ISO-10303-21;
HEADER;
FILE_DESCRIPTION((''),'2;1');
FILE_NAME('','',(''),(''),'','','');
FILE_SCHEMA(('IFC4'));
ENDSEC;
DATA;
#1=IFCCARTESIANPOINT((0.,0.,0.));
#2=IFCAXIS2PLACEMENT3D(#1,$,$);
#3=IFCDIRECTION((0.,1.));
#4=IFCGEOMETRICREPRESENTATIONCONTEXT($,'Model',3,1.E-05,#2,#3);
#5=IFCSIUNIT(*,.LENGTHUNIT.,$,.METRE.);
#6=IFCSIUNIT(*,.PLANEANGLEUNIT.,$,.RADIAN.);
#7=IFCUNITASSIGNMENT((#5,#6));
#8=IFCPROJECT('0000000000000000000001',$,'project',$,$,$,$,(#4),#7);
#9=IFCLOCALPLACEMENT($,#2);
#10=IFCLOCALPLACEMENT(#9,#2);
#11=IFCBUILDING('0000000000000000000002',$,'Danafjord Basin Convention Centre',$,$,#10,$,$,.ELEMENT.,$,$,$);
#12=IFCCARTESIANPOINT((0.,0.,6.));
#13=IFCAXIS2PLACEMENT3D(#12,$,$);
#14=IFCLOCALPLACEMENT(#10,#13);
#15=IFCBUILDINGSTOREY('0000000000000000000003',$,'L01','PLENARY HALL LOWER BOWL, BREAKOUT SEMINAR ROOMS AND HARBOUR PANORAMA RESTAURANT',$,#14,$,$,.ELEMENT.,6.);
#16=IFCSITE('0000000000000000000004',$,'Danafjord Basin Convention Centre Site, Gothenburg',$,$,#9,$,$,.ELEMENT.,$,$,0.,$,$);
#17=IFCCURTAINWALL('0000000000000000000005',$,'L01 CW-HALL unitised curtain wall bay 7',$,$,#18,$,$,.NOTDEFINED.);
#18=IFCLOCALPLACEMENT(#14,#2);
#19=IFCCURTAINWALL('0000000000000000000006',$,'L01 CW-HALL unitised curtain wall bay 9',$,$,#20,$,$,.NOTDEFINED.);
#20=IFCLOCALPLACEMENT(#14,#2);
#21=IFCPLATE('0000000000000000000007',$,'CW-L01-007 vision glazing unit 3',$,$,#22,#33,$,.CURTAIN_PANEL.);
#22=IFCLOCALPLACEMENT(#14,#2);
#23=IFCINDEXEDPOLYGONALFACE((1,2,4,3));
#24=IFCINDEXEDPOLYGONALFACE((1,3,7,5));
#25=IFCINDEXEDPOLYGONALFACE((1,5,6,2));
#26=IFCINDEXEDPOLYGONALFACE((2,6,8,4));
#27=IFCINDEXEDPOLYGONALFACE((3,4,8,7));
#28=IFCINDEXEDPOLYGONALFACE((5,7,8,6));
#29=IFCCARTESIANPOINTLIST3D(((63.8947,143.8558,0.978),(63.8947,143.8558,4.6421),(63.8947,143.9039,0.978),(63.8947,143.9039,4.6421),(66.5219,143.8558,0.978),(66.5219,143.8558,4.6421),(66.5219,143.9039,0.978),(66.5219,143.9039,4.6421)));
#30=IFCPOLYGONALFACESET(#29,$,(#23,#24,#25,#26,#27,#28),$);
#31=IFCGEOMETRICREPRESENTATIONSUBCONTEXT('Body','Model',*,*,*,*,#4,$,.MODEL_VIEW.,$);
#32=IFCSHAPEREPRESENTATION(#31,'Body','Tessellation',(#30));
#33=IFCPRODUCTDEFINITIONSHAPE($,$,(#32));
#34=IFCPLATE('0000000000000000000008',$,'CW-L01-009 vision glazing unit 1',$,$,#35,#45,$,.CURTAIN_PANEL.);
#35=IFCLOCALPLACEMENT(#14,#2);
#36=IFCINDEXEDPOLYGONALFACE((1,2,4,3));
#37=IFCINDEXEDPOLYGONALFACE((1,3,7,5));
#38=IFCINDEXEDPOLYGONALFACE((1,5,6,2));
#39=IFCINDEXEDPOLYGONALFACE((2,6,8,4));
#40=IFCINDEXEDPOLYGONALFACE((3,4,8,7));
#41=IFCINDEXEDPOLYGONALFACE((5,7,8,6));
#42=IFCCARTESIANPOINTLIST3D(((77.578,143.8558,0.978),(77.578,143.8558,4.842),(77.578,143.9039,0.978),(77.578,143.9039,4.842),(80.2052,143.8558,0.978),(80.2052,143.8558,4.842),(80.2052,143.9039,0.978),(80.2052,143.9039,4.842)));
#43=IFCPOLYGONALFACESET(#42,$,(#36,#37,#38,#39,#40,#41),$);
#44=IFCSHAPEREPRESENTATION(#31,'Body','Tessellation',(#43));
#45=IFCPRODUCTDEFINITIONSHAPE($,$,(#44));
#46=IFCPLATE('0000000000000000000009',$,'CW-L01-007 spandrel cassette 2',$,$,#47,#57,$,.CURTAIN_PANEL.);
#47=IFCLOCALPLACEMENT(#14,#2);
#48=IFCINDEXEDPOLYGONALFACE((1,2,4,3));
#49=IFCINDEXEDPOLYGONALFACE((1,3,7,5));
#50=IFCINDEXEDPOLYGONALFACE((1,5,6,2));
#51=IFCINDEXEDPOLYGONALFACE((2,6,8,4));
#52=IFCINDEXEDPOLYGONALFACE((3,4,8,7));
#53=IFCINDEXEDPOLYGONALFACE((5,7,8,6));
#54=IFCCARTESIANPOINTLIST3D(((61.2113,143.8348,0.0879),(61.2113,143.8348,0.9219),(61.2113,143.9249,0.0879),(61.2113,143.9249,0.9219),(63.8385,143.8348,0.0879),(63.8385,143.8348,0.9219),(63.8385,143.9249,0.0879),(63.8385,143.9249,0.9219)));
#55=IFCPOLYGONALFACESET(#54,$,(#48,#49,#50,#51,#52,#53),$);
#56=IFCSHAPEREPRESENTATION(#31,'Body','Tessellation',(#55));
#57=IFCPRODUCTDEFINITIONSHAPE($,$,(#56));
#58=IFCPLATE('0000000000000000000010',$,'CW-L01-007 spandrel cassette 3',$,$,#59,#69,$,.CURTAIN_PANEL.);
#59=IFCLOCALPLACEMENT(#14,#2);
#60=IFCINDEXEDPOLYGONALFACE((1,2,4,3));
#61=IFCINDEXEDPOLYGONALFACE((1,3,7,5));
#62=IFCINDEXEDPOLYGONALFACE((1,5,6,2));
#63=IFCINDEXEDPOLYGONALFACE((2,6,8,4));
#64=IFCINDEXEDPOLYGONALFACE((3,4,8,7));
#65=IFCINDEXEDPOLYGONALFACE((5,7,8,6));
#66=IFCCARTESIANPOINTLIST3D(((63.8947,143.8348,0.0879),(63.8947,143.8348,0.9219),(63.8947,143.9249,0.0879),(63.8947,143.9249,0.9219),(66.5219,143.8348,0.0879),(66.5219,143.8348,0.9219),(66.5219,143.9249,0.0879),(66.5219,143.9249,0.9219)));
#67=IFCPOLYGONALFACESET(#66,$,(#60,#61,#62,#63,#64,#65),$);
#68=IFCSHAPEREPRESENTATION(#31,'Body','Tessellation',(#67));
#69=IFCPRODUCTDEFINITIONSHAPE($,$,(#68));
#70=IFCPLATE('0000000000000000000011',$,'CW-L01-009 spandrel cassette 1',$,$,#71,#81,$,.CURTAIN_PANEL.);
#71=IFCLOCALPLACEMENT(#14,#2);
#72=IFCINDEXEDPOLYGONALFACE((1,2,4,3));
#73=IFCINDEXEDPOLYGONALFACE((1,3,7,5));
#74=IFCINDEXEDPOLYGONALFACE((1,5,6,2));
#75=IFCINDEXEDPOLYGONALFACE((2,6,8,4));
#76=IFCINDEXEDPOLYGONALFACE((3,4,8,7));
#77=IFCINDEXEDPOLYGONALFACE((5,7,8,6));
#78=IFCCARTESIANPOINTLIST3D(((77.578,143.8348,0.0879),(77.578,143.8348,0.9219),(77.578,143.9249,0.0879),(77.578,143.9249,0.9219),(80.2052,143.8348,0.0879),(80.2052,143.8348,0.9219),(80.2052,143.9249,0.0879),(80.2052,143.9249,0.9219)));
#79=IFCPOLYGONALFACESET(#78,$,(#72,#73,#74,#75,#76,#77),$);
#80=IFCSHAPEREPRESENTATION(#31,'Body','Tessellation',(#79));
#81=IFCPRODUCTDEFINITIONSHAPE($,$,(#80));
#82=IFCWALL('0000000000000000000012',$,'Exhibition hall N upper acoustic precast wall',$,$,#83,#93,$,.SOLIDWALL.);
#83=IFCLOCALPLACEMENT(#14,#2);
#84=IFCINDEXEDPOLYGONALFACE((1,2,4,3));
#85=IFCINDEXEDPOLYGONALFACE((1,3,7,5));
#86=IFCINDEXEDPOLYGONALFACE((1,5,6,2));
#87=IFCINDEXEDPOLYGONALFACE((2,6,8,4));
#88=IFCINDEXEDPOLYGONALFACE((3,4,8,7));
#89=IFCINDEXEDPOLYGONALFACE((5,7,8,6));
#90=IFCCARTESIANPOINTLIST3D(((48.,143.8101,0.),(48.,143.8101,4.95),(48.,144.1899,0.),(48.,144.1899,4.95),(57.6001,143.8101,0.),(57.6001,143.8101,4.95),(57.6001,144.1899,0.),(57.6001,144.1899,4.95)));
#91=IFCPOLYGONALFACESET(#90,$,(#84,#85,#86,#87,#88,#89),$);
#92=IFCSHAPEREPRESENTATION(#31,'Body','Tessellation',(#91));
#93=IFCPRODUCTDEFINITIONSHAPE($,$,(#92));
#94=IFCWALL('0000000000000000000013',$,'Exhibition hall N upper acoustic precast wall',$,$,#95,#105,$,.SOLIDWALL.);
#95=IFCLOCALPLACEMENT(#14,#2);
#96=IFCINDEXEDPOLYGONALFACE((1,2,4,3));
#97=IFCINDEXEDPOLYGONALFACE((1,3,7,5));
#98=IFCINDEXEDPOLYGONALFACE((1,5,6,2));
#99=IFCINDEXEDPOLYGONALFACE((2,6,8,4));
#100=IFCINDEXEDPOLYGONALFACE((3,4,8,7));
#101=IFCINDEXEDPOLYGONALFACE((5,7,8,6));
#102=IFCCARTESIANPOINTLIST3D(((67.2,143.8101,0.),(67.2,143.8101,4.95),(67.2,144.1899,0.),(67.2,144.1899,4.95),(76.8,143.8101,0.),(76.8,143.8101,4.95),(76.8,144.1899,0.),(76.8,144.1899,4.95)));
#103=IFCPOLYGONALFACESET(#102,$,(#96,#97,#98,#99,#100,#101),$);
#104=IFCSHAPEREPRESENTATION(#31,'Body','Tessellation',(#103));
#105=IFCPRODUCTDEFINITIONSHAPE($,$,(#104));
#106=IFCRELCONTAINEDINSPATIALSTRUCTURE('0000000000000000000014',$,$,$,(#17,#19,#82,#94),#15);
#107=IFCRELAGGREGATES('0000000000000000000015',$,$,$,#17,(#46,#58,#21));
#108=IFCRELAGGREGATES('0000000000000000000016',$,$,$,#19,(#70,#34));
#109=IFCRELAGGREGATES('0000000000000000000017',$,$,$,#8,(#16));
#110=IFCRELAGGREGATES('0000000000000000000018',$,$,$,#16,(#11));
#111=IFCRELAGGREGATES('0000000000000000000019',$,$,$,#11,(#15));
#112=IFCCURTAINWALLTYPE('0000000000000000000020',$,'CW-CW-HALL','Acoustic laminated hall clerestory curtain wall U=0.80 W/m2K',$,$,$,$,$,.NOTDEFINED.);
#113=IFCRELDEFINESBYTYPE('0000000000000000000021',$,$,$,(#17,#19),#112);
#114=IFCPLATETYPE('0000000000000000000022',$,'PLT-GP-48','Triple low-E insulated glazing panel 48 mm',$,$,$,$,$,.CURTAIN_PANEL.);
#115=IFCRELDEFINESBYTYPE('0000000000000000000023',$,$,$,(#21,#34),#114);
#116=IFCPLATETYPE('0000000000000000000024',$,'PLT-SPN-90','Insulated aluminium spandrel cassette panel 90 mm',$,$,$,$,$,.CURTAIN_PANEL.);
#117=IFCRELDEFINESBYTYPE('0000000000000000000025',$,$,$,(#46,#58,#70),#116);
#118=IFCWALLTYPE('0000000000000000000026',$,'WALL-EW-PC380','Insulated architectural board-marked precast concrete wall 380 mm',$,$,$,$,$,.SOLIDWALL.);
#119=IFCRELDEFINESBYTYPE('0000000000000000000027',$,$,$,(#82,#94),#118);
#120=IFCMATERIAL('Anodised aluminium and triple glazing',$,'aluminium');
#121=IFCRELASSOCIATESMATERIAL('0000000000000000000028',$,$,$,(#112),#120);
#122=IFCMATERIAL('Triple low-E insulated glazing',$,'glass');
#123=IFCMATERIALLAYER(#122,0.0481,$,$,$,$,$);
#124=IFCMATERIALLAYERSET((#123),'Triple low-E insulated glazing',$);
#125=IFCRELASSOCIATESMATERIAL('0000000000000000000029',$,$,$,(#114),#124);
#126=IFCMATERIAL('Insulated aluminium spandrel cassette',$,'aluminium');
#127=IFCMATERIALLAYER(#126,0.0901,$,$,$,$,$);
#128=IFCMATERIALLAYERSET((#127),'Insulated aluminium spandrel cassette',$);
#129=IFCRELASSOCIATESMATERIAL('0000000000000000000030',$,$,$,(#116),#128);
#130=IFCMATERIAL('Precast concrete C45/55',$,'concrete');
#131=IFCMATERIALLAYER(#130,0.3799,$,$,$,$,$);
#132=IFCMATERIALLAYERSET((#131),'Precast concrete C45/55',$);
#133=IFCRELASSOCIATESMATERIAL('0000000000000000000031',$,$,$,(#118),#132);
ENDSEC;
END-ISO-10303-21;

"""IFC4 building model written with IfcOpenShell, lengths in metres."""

from ifc_helpers import new_model, si_unit, direction, frame, frame_2d, origin, origin_2d, place, context, subcontext, project, spatial, rectangle, extrude, material, layer, layer_set, type_object, element, aggregate, save


model = new_model("IFC4")

# Units and contexts
model_context = context("Model", 3, precision=1e-05, world=origin(), true_north=direction((0.0, 1.0)))
body_context = subcontext(model_context, "Body", "Model", "MODEL_VIEW")
ifc_project = project(units=[si_unit("LENGTHUNIT", "METRE"), si_unit("PLANEANGLEUNIT", "RADIAN")], contexts=[model_context])

# Site, building, storey
site_placement = place(None, origin())
site = spatial("IfcSite", under=ifc_project, at=site_placement, Name="Danafjord Basin Convention Centre Site, Gothenburg", CompositionType="ELEMENT", RefElevation=0.0)
building_placement = place(site_placement, origin())
building = spatial("IfcBuilding", under=site, at=building_placement, Name="Danafjord Basin Convention Centre", CompositionType="ELEMENT")
storey_placement = place(building_placement, frame((0.0, 0.0, 6.0)))
storey = spatial("IfcBuildingStorey", under=building, at=storey_placement, Name="L01", Description="PLENARY HALL LOWER BOWL, BREAKOUT SEMINAR ROOMS AND HARBOUR PANORAMA RESTAURANT", CompositionType="ELEMENT", Elevation=6.0)

# Shared definitions
ifc_material_1 = material(Name="Precast concrete C45/55", Category="concrete")

# Curtain walls
ifc_material_2 = material(Name="Anodised aluminium and triple glazing", Category="aluminium")
curtain_wall_type = type_object("IfcCurtainWallType", Name="CW-CW-HALL", Description="Acoustic laminated hall clerestory curtain wall U=0.80 W/m2K", PredefinedType="NOTDEFINED", material=ifc_material_2)
curtain_wall_1_placement = place(storey_placement, origin())
curtain_wall_1 = element("IfcCurtainWall", 1, at=curtain_wall_1_placement, inside=storey, type_object=curtain_wall_type, Name="L01 CW-HALL unitised curtain wall bay 7", PredefinedType="NOTDEFINED")
curtain_wall_2_placement = place(storey_placement, origin())
curtain_wall_2 = element("IfcCurtainWall", 2, at=curtain_wall_2_placement, inside=storey, type_object=curtain_wall_type, Name="L01 CW-HALL unitised curtain wall bay 9", PredefinedType="NOTDEFINED")

# Plates
ifc_material_3 = material(Name="Triple low-E insulated glazing", Category="glass")
ifc_layer_1 = layer(ifc_material_3, 0.0481)
ifc_layer_set_1 = layer_set([ifc_layer_1], Name="Triple low-E insulated glazing")
plate_type_1 = type_object("IfcPlateType", Name="PLT-GP-48", Description="Triple low-E insulated glazing panel 48 mm", PredefinedType="CURTAIN_PANEL", material=ifc_layer_set_1)
plate_1_placement = place(storey_placement, frame((65.2083, 143.8799, 0.978), z_axis=(0.0, 0.0, 1.0), x_axis=(1.0, 0.0, 0.0)))
plate_1 = element("IfcPlate", 3, at=plate_1_placement, type_object=plate_type_1, Name="CW-L01-007 vision glazing unit 3", PredefinedType="CURTAIN_PANEL", context=body_context, shape_type="SweptSolid", body=[
    extrude(rectangle(XDim=2.6272, YDim=0.0481, at=origin_2d()), origin(), (0.0, 0.0, 1.0), 3.6641),
])
plate_2_placement = place(storey_placement, frame((78.8916, 143.8799, 0.978), z_axis=(0.0, 0.0, 1.0), x_axis=(1.0, 0.0, 0.0)))
plate_2 = element("IfcPlate", 4, at=plate_2_placement, type_object=plate_type_1, Name="CW-L01-009 vision glazing unit 1", PredefinedType="CURTAIN_PANEL", context=body_context, shape_type="SweptSolid", body=[
    extrude(rectangle(XDim=2.6272, YDim=0.0481, at=origin_2d()), origin(), (0.0, 0.0, 1.0), 3.864),
])
ifc_material_4 = material(Name="Insulated aluminium spandrel cassette", Category="aluminium")
ifc_layer_2 = layer(ifc_material_4, 0.0901)
ifc_layer_set_2 = layer_set([ifc_layer_2], Name="Insulated aluminium spandrel cassette")
plate_type_2 = type_object("IfcPlateType", Name="PLT-SPN-90", Description="Insulated aluminium spandrel cassette panel 90 mm", PredefinedType="CURTAIN_PANEL", material=ifc_layer_set_2)
plate_3_placement = place(storey_placement, frame((62.5249, 143.8799, 0.0879), z_axis=(0.0, 0.0, 1.0), x_axis=(1.0, 0.0, 0.0)))
plate_3 = element("IfcPlate", 5, at=plate_3_placement, type_object=plate_type_2, Name="CW-L01-007 spandrel cassette 2", PredefinedType="CURTAIN_PANEL", context=body_context, shape_type="SweptSolid", body=[
    extrude(rectangle(XDim=2.6272, YDim=0.0901, at=origin_2d()), origin(), (0.0, 0.0, 1.0), 0.834),
])
plate_4_placement = place(storey_placement, frame((65.2083, 143.8799, 0.0879), z_axis=(0.0, 0.0, 1.0), x_axis=(1.0, 0.0, 0.0)))
plate_4 = element("IfcPlate", 6, at=plate_4_placement, type_object=plate_type_2, Name="CW-L01-007 spandrel cassette 3", PredefinedType="CURTAIN_PANEL", context=body_context, shape_type="SweptSolid", body=[
    extrude(rectangle(XDim=2.6272, YDim=0.0901, at=origin_2d()), origin(), (0.0, 0.0, 1.0), 0.834),
])
aggregate(curtain_wall_1, [plate_3, plate_4, plate_1])
plate_5_placement = place(storey_placement, frame((78.8916, 143.8799, 0.0879), z_axis=(0.0, 0.0, 1.0), x_axis=(1.0, 0.0, 0.0)))
plate_5 = element("IfcPlate", 7, at=plate_5_placement, type_object=plate_type_2, Name="CW-L01-009 spandrel cassette 1", PredefinedType="CURTAIN_PANEL", context=body_context, shape_type="SweptSolid", body=[
    extrude(rectangle(XDim=2.6272, YDim=0.0901, at=origin_2d()), origin(), (0.0, 0.0, 1.0), 0.834),
])
aggregate(curtain_wall_2, [plate_5, plate_2])

# Walls
ifc_layer_3 = layer(ifc_material_1, 0.3799)
ifc_layer_set_3 = layer_set([ifc_layer_3], Name="Precast concrete C45/55")
wall_type = type_object("IfcWallType", Name="WALL-EW-PC380", Description="Insulated architectural board-marked precast concrete wall 380 mm", PredefinedType="SOLIDWALL", material=ifc_layer_set_3)
for number, where, z_axis, x_axis, name in (
    (8, (48.0, 144.0, 0.0), (0.0, 0.0, 1.0), (1.0, 0.0, 0.0), "Exhibition hall N upper acoustic precast wall"),
    (9, (67.2, 144.0, 0.0), (0.0, 0.0, 1.0), (1.0, 0.0, 0.0), "Exhibition hall N upper acoustic precast wall"),
):
    element("IfcWall", number, at=place(storey_placement, frame(where, z_axis=z_axis, x_axis=x_axis)), inside=storey, type_object=wall_type, Name=name, PredefinedType="SOLIDWALL", context=body_context, shape_type="SweptSolid", body=[
        extrude(rectangle(XDim=9.6001, YDim=0.3799, at=frame_2d((4.8, 0.0))), origin(), (0.0, 0.0, 1.0), 4.95),
    ])

save(model, "model.ifc")
